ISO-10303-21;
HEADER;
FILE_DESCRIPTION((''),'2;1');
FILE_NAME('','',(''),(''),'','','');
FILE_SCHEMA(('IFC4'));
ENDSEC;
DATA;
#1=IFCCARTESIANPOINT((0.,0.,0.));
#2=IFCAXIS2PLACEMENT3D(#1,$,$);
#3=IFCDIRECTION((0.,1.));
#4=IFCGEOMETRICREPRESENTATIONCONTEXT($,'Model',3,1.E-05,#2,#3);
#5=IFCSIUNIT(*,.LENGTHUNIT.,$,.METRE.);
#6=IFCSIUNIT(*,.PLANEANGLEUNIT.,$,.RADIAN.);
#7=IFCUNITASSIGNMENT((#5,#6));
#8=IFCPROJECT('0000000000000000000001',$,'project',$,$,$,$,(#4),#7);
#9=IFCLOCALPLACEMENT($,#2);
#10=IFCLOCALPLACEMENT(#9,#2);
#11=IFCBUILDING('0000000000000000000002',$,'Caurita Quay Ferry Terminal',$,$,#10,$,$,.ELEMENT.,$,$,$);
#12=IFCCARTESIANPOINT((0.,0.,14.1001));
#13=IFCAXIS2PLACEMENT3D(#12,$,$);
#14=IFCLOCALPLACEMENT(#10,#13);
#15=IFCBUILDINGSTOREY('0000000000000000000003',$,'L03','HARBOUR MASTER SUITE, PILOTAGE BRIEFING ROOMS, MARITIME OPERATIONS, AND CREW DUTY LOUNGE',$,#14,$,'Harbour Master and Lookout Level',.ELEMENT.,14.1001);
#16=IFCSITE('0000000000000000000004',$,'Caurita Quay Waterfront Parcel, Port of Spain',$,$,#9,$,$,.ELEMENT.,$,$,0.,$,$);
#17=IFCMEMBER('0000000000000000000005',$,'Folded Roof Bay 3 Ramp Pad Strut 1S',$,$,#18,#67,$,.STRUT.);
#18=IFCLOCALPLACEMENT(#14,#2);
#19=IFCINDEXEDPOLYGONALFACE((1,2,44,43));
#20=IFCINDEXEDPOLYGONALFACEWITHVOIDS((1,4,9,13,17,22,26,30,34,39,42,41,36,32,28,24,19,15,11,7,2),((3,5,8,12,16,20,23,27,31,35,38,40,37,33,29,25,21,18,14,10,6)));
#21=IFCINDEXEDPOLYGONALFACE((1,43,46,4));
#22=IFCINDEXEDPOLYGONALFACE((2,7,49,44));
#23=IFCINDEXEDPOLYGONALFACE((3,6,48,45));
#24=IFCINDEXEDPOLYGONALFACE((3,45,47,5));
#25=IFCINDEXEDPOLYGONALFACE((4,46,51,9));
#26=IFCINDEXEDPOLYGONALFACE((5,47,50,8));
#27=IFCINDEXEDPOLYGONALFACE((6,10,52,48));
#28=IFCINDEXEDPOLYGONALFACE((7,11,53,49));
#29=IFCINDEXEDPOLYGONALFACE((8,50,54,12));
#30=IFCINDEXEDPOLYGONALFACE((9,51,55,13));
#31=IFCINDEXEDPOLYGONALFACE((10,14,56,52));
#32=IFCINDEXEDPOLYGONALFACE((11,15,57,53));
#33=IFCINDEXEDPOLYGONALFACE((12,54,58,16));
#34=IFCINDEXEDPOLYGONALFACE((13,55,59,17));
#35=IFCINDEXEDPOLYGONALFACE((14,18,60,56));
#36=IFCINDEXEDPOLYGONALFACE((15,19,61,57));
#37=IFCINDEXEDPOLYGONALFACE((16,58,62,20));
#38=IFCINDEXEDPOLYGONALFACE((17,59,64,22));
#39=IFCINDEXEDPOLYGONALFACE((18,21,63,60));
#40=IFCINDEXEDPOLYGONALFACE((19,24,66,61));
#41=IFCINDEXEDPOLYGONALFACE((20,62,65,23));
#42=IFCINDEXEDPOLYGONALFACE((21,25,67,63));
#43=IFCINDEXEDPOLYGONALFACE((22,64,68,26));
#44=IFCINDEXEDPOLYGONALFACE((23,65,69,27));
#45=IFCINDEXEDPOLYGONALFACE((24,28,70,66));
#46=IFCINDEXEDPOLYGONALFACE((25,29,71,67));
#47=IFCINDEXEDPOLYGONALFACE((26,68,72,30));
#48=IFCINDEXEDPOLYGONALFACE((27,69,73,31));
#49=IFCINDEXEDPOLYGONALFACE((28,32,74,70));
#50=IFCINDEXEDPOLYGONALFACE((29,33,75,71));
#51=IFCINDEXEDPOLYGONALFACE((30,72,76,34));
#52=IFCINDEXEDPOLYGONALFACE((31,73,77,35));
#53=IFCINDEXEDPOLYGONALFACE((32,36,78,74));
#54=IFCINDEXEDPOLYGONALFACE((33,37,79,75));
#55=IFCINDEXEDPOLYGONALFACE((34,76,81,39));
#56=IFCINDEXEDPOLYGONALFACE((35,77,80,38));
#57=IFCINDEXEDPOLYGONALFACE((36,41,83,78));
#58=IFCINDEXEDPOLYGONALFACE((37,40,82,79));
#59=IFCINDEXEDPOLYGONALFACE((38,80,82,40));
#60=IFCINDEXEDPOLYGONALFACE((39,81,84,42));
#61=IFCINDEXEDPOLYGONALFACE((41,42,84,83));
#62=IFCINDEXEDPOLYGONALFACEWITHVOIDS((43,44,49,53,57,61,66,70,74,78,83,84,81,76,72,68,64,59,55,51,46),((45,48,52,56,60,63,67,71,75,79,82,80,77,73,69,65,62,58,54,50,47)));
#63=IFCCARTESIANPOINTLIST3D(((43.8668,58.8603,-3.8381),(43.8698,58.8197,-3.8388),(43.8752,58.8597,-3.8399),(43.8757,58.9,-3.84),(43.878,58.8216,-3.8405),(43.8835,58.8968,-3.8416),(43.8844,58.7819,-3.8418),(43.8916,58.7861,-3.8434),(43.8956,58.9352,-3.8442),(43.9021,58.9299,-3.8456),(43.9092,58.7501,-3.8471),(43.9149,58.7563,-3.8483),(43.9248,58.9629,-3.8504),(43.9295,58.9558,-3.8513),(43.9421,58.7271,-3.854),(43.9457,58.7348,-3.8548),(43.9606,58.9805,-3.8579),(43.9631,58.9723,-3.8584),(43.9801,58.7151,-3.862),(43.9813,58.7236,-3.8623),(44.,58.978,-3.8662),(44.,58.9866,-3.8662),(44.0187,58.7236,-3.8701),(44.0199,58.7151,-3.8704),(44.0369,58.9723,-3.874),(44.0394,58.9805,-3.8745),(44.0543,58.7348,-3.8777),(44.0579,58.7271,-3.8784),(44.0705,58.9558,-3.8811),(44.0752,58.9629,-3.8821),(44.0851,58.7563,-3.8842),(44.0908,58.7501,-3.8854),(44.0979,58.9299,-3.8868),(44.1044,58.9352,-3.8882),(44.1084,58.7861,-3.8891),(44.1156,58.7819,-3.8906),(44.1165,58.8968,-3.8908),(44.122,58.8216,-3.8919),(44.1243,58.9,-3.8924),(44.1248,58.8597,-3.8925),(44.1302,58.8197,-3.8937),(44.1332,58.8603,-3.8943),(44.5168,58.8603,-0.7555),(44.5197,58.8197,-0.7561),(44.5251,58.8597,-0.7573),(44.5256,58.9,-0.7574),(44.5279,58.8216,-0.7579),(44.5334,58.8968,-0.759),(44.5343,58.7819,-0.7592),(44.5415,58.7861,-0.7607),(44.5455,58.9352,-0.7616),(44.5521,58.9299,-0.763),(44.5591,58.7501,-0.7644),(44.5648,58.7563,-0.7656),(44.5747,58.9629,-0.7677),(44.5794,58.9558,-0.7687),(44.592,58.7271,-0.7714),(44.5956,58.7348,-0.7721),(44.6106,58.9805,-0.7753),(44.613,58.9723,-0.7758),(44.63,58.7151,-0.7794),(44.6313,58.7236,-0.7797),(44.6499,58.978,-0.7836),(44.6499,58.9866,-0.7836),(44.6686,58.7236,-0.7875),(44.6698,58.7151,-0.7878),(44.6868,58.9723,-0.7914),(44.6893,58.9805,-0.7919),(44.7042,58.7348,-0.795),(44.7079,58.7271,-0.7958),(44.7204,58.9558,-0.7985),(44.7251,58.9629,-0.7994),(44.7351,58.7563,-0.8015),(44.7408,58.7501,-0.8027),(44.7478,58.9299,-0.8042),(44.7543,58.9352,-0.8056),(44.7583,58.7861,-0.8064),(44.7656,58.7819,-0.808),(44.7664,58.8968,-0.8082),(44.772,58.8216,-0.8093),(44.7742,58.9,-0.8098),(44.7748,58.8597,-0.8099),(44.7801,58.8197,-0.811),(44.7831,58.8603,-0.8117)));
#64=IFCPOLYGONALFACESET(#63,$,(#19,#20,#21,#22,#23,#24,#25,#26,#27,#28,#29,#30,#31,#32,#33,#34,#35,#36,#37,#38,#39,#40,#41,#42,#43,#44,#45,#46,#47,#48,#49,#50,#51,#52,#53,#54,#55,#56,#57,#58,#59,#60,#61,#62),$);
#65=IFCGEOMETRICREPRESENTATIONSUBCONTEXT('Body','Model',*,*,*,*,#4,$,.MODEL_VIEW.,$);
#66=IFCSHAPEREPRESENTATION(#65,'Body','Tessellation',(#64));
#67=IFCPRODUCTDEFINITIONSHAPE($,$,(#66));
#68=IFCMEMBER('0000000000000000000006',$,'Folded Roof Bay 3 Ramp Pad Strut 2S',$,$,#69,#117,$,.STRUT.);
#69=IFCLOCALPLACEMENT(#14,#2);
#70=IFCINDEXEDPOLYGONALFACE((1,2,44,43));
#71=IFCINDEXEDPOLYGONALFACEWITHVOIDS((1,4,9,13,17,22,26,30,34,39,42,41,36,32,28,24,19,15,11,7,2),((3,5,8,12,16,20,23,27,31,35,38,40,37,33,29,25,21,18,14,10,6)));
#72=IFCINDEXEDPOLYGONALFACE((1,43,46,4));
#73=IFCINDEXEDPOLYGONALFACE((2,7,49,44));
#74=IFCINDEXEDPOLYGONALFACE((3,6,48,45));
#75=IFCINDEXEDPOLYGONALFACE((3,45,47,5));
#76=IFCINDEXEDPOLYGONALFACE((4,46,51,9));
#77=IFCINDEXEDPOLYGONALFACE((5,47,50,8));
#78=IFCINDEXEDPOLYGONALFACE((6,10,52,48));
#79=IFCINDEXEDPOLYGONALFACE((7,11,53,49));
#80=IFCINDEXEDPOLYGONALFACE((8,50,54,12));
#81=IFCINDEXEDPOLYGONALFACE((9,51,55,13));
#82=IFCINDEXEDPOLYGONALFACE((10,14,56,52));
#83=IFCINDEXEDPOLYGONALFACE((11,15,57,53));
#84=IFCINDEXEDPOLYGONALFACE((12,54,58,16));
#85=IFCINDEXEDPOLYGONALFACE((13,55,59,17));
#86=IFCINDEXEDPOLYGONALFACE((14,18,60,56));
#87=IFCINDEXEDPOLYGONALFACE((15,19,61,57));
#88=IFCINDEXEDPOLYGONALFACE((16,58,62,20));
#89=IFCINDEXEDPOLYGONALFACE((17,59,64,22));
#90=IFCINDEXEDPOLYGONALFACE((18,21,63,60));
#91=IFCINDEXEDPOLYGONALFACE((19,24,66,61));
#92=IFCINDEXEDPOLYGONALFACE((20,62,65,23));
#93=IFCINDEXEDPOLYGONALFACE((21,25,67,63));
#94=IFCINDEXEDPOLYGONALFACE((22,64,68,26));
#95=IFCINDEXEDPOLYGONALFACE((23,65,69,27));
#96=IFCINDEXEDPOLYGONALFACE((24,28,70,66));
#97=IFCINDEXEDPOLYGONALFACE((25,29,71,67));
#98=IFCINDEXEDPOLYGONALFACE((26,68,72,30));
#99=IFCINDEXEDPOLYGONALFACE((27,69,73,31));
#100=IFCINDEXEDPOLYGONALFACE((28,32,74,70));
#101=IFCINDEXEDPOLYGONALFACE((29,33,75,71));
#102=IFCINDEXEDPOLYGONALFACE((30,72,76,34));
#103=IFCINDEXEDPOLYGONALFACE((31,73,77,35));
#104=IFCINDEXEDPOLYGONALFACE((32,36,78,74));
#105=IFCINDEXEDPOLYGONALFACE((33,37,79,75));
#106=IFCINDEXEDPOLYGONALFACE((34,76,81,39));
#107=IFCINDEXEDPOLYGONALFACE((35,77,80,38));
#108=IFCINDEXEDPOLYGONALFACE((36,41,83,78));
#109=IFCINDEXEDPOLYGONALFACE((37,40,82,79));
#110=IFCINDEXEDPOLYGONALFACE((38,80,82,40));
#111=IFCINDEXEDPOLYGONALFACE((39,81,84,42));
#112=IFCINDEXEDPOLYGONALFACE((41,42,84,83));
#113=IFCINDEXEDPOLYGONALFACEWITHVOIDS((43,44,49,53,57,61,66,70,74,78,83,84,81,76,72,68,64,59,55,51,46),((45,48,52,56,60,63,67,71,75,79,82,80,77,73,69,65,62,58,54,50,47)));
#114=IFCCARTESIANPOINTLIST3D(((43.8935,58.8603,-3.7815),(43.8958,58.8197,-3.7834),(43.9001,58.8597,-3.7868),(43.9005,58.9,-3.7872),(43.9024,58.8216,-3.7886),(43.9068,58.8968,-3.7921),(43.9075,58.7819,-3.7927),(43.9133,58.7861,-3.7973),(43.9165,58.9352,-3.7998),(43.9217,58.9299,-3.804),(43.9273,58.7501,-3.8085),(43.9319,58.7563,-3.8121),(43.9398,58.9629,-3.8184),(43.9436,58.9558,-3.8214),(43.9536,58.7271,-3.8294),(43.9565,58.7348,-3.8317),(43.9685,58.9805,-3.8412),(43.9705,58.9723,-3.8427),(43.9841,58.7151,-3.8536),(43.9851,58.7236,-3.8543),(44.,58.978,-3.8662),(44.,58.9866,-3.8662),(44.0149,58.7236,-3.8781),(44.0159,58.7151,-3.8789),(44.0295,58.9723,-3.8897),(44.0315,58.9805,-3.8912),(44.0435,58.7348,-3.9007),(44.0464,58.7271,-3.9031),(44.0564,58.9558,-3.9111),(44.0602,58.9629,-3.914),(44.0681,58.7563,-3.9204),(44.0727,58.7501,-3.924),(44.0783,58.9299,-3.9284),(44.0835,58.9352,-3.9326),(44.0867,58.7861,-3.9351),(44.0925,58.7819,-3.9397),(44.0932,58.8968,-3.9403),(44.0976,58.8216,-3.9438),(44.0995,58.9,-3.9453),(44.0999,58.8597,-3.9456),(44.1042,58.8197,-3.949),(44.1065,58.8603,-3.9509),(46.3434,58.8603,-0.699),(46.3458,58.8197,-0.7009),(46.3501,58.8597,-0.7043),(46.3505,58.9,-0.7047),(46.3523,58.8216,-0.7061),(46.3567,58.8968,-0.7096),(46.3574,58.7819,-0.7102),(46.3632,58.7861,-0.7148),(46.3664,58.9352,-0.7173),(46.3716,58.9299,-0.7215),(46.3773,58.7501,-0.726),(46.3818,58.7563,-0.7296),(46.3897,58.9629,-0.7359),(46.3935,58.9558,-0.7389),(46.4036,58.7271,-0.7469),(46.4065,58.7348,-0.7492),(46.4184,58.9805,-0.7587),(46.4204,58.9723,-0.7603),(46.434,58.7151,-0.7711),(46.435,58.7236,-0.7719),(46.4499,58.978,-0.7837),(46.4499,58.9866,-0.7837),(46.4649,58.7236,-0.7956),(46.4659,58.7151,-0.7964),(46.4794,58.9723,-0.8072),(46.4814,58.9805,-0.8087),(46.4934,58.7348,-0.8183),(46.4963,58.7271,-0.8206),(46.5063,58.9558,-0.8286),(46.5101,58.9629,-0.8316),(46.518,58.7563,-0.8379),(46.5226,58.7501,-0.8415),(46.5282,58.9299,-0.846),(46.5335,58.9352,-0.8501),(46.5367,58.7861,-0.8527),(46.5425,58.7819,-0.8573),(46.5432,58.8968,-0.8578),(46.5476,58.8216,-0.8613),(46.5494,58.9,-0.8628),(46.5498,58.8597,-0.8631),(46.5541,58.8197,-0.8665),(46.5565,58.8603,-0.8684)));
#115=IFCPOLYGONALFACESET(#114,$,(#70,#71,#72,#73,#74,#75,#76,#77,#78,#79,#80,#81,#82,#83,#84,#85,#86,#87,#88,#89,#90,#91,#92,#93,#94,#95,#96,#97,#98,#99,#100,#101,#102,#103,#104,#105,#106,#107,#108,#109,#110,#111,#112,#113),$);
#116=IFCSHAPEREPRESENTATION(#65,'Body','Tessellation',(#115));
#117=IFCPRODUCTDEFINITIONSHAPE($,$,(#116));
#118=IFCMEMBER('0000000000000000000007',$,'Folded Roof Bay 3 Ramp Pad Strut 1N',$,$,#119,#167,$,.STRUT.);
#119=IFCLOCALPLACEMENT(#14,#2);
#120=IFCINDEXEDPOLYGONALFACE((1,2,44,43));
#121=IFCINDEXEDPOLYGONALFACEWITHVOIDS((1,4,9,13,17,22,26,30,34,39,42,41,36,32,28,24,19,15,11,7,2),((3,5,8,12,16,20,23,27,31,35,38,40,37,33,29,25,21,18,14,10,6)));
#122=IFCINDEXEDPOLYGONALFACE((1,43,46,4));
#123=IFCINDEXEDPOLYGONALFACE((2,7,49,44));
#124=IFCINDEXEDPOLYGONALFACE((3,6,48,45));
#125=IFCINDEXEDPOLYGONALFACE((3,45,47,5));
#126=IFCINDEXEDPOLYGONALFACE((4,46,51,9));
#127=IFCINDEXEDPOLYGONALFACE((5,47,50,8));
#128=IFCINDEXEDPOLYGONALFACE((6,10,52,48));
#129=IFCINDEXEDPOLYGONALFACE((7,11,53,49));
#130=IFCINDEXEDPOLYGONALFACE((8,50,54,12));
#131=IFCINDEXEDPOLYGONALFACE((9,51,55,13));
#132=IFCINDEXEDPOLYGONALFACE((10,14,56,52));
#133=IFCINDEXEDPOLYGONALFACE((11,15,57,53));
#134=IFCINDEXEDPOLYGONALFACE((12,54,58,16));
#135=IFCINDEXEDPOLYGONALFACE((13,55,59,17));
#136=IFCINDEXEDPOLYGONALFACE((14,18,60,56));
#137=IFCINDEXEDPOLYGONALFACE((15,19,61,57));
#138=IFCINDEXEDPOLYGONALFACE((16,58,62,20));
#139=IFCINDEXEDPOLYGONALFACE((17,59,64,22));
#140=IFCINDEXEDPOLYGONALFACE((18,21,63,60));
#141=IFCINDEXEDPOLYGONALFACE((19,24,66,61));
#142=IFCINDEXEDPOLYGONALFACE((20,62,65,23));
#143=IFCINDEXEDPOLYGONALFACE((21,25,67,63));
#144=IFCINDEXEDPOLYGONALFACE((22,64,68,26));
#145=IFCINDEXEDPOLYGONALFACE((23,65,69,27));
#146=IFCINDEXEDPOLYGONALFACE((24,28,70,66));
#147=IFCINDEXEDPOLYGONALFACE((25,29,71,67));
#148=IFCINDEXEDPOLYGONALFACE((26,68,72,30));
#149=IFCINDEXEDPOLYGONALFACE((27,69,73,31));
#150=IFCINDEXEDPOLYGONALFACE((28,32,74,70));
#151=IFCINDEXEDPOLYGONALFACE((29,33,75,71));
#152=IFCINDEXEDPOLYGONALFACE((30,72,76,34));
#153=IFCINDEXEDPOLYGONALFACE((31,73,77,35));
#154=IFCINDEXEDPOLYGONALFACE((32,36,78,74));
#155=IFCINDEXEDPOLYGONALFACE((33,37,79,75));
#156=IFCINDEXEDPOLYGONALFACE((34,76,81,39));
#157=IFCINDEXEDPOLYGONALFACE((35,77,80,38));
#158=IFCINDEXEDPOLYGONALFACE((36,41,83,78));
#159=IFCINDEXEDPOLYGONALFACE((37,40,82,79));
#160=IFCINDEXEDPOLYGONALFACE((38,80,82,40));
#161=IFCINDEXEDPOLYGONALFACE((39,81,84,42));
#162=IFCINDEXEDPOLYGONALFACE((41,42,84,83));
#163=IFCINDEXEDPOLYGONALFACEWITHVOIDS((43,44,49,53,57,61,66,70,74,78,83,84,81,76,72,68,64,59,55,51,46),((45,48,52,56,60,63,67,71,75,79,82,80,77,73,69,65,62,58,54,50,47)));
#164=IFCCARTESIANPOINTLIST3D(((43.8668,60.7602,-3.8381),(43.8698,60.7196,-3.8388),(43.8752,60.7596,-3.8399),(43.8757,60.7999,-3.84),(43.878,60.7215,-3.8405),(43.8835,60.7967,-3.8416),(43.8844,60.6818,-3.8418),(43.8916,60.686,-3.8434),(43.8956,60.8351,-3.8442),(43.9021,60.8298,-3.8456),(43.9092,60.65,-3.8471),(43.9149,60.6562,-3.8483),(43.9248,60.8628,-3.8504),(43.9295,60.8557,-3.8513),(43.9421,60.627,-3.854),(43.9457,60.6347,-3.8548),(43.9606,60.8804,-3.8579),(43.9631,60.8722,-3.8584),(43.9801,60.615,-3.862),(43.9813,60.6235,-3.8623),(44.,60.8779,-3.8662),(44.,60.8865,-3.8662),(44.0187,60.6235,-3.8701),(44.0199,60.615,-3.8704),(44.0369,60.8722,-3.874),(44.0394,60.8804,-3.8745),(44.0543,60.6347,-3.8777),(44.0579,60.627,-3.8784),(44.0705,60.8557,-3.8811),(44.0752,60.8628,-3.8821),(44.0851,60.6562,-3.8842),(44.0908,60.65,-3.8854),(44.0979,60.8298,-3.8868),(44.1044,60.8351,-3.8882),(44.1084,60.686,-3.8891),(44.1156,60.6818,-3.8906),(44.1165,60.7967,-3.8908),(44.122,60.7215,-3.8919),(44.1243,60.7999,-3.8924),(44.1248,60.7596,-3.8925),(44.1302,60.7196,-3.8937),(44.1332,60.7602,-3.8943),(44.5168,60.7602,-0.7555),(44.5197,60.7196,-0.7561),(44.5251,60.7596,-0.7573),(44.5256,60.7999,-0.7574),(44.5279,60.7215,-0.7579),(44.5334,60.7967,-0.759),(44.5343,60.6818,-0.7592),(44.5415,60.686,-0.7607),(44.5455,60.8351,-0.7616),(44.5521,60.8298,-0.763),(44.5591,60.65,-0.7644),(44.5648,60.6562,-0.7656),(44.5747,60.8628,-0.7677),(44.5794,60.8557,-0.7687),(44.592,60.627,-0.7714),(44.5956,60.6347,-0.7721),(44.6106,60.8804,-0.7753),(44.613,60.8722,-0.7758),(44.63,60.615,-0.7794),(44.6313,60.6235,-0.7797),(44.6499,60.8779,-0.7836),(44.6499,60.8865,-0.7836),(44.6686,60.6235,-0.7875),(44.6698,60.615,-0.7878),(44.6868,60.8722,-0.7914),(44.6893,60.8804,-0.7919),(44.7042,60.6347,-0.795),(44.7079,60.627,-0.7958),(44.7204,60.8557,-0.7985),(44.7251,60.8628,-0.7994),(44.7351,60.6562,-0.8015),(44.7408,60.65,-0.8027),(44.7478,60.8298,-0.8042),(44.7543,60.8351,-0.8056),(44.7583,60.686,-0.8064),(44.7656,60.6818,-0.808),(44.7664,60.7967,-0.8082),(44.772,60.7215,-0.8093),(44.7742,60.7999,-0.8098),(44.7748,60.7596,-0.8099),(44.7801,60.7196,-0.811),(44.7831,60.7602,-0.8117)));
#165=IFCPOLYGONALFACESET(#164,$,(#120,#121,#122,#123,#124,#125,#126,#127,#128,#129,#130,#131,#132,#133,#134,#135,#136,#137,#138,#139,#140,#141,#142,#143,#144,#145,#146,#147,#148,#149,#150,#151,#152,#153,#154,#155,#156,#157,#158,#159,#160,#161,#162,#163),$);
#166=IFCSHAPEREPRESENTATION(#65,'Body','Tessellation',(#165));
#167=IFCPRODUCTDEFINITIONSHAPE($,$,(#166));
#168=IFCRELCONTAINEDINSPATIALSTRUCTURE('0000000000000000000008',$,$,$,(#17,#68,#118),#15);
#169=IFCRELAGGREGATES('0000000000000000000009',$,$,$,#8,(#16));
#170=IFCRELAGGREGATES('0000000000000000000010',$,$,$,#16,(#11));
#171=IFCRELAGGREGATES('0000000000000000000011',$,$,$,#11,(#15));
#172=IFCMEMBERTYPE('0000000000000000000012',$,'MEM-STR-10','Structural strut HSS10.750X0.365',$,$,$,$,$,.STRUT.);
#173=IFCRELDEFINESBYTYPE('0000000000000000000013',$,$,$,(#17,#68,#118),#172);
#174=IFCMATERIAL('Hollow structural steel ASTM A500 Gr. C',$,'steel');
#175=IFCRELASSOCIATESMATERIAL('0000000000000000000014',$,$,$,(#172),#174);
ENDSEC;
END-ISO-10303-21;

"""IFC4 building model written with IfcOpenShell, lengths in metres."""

from ifc_helpers import new_model, si_unit, direction, frame, origin, origin_2d, place, context, subcontext, project, spatial, hollow_circle, extrude, material, material_profile, profile_set, type_object, element, save


model = new_model("IFC4")

# Units and contexts
model_context = context("Model", 3, precision=1e-05, world=origin(), true_north=direction((0.0, 1.0)))
body_context = subcontext(model_context, "Body", "Model", "MODEL_VIEW")
ifc_project = project(units=[si_unit("LENGTHUNIT", "METRE"), si_unit("PLANEANGLEUNIT", "RADIAN")], contexts=[model_context])

# Site, building, storey
site_placement = place(None, origin())
site = spatial("IfcSite", under=ifc_project, at=site_placement, Name="Caurita Quay Waterfront Parcel, Port of Spain", CompositionType="ELEMENT", RefElevation=0.0)
building_placement = place(site_placement, origin())
building = spatial("IfcBuilding", under=site, at=building_placement, Name="Caurita Quay Ferry Terminal", CompositionType="ELEMENT")
storey_placement = place(building_placement, frame((0.0, 0.0, 14.1001)))
storey = spatial("IfcBuildingStorey", under=building, at=storey_placement, Name="L03", Description="HARBOUR MASTER SUITE, PILOTAGE BRIEFING ROOMS, MARITIME OPERATIONS, AND CREW DUTY LOUNGE", LongName="Harbour Master and Lookout Level", CompositionType="ELEMENT", Elevation=14.1001)

# Members
ifc_material_1 = material(Name="Hollow structural steel ASTM A500 Gr. C", Category="steel")
ifc_material_profile_1 = material_profile(ifc_material_1, hollow_circle(Radius=0.1365, WallThickness=0.0085, at=origin_2d()), Name="HSS10.750X0.365")
ifc_profile_set_1 = profile_set([ifc_material_profile_1], Name="Hollow structural steel ASTM A500 Gr. C")
member_type_1 = type_object("IfcMemberType", Name="MEM-STR-10", Description="Structural strut HSS10.750X0.365", PredefinedType="STRUT", material=ifc_profile_set_1)
member_1_placement = place(storey_placement, frame((44.0, 58.8501, -3.8662), z_axis=(0.206299, 0.0, 0.978489), x_axis=(0.0, 1.0, 0.0)))
element("IfcMember", 1, at=member_1_placement, inside=storey, type_object=member_type_1, Name="Folded Roof Bay 3 Ramp Pad Strut 1S", PredefinedType="STRUT", context=body_context, shape_type="SweptSolid", body=[
    extrude(hollow_circle(Radius=0.1365, WallThickness=0.0085, at=origin_2d()), origin(), (0.0, 0.0, 1.0), 3.1504),
])
member_2_placement = place(storey_placement, frame((44.0, 58.8501, -3.8662), z_axis=(0.622204, 0.0, 0.782855), x_axis=(0.0, 1.0, 0.0)))
element("IfcMember", 2, at=member_2_placement, inside=storey, type_object=member_type_1, Name="Folded Roof Bay 3 Ramp Pad Strut 2S", PredefinedType="STRUT", context=body_context, shape_type="SweptSolid", body=[
    extrude(hollow_circle(Radius=0.1365, WallThickness=0.0085, at=origin_2d()), origin(), (0.0, 0.0, 1.0), 3.9375),
])
member_3_placement = place(storey_placement, frame((44.0, 60.75, -3.8662), z_axis=(0.206299, 0.0, 0.978489), x_axis=(0.0, 1.0, 0.0)))
element("IfcMember", 3, at=member_3_placement, inside=storey, type_object=member_type_1, Name="Folded Roof Bay 3 Ramp Pad Strut 1N", PredefinedType="STRUT", context=body_context, shape_type="SweptSolid", body=[
    extrude(hollow_circle(Radius=0.1365, WallThickness=0.0085, at=origin_2d()), origin(), (0.0, 0.0, 1.0), 3.1504),
])

save(model, "model.ifc")
